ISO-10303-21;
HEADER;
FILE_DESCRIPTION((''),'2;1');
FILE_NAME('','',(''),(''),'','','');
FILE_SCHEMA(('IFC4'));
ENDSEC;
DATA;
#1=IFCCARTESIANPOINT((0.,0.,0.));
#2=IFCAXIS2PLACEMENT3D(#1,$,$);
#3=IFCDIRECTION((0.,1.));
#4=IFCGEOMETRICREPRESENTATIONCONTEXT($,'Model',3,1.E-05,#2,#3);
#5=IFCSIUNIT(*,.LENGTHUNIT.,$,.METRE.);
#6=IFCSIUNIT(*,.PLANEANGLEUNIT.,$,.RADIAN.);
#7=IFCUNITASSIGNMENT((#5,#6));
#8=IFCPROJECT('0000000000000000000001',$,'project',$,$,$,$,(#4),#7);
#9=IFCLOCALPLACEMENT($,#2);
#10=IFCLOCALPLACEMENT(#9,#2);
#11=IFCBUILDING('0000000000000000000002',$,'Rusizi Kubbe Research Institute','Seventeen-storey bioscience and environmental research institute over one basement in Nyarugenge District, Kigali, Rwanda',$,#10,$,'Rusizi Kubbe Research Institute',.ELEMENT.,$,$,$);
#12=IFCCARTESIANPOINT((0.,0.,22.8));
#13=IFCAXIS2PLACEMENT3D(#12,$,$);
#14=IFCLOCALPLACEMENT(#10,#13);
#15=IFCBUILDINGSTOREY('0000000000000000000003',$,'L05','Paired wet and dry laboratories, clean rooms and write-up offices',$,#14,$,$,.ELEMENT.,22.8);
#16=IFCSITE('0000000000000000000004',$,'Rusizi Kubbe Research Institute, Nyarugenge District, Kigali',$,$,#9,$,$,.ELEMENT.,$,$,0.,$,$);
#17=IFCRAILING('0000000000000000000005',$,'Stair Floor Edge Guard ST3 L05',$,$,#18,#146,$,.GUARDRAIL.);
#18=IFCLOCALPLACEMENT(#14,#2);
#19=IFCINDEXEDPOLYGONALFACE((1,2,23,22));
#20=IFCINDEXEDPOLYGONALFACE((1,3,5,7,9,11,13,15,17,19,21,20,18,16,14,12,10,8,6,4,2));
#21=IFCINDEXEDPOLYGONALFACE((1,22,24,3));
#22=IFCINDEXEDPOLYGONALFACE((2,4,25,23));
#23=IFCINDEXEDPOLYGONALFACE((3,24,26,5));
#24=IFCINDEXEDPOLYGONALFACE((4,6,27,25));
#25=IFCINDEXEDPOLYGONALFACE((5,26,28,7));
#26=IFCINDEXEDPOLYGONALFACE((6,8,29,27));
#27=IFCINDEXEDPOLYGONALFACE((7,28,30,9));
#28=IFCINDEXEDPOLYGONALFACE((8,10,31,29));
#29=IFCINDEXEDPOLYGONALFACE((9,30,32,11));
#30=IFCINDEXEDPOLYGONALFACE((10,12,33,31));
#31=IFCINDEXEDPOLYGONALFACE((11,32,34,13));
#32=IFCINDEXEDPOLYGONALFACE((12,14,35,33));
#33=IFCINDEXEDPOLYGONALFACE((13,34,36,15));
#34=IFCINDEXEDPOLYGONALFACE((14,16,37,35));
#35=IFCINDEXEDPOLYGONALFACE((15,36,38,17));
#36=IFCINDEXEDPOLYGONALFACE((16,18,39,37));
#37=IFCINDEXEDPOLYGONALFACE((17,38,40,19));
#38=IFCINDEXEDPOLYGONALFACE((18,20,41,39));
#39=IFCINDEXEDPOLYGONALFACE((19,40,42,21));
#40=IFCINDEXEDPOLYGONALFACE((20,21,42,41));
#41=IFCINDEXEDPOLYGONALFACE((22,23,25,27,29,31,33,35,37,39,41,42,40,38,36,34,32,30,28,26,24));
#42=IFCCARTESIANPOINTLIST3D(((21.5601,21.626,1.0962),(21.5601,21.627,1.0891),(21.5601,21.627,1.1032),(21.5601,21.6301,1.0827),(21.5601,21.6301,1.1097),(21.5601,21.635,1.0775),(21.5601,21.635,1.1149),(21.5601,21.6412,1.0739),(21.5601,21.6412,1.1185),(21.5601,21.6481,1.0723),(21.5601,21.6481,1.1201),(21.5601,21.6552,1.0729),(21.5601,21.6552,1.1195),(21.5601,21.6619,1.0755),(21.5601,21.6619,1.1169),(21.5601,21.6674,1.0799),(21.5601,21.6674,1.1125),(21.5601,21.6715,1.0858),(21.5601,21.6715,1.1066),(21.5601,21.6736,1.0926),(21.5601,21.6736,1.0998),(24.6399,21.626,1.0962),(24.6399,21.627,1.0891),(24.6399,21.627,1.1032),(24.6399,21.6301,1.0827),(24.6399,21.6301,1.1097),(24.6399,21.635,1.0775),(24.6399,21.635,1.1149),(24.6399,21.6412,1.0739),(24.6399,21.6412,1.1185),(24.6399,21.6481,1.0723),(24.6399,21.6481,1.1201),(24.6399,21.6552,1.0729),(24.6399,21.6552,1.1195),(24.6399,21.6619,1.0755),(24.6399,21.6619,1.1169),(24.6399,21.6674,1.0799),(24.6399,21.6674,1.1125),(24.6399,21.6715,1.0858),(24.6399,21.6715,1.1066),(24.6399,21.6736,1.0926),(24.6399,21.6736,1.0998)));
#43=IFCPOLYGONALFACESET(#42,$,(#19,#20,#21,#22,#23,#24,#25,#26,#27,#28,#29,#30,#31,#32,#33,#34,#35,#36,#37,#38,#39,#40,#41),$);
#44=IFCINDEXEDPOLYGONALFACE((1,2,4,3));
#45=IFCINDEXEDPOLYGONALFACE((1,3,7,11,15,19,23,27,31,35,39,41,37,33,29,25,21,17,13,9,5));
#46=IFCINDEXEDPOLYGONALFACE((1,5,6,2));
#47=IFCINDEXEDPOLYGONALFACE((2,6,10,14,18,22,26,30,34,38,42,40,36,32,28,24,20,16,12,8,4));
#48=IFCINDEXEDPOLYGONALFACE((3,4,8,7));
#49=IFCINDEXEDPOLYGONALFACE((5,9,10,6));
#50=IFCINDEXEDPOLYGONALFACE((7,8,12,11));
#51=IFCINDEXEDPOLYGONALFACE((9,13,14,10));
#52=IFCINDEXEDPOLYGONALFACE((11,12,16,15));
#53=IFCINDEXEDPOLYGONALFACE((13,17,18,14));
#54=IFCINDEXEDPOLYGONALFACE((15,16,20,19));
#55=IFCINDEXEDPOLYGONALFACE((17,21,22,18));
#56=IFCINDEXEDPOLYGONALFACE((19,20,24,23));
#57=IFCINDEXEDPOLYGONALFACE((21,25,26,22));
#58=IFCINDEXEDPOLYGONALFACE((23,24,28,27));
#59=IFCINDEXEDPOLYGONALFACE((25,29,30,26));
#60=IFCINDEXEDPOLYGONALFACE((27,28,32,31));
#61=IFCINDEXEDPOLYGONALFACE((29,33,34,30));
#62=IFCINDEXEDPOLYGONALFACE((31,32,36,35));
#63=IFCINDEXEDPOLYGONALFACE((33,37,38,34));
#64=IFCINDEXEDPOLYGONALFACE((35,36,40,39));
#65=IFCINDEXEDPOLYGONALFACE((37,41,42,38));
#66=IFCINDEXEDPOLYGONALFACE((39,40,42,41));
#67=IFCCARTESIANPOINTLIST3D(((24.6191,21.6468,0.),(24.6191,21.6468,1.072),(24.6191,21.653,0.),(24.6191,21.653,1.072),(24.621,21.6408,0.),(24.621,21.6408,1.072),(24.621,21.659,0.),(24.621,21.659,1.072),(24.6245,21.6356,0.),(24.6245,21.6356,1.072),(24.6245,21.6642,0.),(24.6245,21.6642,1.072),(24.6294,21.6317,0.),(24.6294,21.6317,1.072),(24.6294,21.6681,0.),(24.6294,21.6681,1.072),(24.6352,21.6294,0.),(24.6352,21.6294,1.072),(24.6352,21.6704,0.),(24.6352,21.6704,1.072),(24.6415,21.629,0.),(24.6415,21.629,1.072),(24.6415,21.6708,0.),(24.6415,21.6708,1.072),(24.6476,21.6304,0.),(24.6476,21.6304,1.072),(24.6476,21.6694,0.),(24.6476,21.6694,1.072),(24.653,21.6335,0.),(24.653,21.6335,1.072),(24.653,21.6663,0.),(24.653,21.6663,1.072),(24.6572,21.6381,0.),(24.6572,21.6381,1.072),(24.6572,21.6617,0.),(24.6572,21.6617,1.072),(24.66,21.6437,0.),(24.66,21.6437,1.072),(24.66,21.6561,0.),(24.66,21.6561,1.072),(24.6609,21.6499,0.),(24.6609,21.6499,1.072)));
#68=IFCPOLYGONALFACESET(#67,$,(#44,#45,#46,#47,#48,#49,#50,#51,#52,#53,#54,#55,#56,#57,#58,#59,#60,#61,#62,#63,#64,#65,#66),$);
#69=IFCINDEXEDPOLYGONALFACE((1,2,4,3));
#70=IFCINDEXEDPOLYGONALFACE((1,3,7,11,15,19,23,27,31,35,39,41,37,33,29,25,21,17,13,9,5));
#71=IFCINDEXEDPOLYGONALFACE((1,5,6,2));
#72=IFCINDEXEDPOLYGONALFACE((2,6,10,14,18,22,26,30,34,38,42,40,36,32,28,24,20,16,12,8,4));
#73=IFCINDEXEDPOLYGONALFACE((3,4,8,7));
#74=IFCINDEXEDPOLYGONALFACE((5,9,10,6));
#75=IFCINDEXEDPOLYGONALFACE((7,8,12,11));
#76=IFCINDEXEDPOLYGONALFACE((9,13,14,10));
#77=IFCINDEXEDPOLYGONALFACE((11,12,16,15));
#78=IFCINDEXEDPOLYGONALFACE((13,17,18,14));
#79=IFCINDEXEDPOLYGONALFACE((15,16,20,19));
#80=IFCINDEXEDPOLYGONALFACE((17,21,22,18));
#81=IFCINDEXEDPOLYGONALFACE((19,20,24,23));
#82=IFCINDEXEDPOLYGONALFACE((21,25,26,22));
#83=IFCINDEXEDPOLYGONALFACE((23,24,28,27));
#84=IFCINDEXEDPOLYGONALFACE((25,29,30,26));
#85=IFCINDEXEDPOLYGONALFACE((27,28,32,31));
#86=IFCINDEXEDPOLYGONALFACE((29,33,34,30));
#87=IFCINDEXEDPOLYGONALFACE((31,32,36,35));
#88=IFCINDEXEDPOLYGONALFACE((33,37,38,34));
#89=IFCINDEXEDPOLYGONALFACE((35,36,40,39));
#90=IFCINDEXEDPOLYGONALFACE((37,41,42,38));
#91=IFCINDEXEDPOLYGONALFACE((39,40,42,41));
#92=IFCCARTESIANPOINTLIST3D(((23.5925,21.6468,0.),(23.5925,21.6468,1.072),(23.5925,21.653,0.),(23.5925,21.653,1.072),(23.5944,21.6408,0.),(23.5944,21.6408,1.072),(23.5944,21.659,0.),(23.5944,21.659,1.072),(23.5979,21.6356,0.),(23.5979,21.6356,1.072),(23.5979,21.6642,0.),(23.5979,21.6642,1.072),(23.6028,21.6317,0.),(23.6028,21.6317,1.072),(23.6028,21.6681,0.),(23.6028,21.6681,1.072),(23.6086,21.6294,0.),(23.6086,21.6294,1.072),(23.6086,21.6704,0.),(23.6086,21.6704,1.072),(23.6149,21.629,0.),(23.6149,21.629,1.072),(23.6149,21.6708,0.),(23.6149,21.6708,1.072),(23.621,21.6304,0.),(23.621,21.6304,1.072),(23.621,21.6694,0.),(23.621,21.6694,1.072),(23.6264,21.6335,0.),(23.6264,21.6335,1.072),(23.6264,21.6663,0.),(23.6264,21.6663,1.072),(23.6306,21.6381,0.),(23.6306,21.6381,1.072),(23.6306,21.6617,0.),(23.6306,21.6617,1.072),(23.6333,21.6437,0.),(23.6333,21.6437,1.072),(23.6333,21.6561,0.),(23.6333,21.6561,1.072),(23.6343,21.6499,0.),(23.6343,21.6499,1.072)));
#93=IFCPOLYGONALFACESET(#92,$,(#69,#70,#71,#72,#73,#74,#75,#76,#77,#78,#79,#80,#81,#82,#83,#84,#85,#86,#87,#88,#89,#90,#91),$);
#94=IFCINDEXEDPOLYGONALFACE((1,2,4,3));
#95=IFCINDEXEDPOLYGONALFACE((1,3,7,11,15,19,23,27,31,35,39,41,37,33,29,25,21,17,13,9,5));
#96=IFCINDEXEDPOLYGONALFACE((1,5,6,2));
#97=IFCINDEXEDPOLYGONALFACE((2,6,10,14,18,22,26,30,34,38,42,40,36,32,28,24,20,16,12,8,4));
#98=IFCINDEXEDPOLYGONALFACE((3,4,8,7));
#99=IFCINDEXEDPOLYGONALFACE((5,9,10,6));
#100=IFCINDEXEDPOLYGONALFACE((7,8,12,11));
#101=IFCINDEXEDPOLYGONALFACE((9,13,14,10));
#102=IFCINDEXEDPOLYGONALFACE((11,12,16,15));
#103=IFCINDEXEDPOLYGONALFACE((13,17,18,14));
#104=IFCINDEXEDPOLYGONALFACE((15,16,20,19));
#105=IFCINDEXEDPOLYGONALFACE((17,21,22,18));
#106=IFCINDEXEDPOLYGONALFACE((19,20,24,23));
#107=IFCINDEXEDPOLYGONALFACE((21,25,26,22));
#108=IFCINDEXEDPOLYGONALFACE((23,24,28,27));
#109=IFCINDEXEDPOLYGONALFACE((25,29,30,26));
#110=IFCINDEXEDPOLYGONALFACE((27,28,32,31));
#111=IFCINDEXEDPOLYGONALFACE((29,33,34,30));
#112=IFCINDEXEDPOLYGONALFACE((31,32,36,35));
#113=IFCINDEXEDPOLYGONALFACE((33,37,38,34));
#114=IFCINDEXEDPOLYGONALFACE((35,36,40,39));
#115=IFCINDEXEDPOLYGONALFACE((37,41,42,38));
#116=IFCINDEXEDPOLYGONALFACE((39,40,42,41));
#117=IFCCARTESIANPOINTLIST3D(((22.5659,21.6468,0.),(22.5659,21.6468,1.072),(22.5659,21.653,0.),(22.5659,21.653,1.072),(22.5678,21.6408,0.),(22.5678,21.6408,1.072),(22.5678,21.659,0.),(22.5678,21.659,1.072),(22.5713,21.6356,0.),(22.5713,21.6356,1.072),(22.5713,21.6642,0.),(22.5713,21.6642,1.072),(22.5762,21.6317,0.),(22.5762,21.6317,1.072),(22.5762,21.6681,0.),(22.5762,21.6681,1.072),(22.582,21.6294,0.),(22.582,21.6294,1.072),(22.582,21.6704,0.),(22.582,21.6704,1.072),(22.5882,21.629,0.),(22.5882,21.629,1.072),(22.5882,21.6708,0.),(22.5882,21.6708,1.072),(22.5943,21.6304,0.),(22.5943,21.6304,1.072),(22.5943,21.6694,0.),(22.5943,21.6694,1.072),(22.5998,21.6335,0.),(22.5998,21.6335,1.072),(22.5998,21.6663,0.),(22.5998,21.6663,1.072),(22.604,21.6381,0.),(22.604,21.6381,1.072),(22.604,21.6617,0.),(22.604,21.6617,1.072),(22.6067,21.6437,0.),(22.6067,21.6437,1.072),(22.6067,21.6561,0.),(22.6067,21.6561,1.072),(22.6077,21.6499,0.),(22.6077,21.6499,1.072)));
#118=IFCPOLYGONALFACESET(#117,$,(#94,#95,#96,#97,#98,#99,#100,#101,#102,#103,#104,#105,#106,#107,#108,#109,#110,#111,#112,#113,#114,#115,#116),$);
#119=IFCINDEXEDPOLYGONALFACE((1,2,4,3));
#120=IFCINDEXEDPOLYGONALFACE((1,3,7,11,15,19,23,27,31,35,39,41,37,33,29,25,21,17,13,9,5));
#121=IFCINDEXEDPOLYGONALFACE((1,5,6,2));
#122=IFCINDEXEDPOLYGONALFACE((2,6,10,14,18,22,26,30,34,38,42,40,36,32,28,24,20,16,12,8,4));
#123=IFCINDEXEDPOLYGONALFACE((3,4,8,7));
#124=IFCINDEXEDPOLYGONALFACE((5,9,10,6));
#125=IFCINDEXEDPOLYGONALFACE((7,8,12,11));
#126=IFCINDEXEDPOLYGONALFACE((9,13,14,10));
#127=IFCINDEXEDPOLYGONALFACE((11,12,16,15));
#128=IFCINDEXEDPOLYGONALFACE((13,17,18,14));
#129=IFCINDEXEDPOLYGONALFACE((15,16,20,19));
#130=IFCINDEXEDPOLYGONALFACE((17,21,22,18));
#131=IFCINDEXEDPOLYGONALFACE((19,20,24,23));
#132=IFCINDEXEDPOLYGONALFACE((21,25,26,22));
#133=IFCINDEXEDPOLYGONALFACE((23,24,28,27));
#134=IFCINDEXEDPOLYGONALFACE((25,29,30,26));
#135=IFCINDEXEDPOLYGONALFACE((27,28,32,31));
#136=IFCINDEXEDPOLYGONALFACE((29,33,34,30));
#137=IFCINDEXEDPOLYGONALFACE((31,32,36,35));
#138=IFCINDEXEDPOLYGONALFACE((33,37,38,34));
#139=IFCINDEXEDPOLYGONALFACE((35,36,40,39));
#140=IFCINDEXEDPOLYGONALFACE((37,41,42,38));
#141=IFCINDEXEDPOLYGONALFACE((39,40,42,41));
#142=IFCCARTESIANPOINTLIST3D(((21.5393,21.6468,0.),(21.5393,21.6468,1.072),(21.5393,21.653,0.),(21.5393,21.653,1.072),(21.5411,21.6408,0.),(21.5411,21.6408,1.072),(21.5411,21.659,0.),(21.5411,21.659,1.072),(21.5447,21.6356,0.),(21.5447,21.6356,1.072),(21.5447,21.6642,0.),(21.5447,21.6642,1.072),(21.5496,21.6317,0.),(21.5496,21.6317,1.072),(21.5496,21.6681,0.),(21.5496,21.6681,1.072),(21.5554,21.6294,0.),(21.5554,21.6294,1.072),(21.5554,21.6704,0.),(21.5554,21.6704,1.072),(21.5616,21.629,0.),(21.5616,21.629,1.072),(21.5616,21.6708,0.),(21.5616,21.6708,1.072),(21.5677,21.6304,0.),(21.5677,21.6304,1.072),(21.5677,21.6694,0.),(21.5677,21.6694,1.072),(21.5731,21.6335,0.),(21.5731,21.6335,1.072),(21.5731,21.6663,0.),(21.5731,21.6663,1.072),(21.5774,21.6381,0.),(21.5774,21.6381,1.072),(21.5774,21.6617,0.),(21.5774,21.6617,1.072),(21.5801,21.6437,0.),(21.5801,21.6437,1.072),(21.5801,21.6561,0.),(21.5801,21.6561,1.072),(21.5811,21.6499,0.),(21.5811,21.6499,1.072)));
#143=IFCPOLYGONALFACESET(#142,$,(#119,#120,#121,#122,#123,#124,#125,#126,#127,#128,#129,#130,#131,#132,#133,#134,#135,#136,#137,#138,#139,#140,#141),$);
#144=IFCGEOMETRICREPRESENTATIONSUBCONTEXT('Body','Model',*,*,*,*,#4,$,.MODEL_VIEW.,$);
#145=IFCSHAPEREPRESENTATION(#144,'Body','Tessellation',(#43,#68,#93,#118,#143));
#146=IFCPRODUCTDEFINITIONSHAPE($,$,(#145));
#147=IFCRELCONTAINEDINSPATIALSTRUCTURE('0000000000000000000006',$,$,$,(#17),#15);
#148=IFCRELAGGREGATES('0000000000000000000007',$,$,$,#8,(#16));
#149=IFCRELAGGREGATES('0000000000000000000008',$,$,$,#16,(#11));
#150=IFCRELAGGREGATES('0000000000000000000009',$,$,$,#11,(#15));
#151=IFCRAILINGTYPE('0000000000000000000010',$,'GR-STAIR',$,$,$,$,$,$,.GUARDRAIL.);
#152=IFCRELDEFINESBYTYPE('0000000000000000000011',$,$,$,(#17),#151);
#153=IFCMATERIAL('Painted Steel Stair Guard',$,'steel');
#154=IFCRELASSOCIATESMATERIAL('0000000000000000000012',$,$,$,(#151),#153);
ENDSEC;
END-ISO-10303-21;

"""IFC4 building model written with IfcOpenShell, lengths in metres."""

from ifc_helpers import new_model, si_unit, direction, frame, origin, origin_2d, place, context, subcontext, project, spatial, circle, extrude, material, type_object, element, save


model = new_model("IFC4")

# Units and contexts
model_context = context("Model", 3, precision=1e-05, world=origin(), true_north=direction((0.0, 1.0)))
body_context = subcontext(model_context, "Body", "Model", "MODEL_VIEW")
ifc_project = project(units=[si_unit("LENGTHUNIT", "METRE"), si_unit("PLANEANGLEUNIT", "RADIAN")], contexts=[model_context])

# Site, building, storey
site_placement = place(None, origin())
site = spatial("IfcSite", under=ifc_project, at=site_placement, Name="Rusizi Kubbe Research Institute, Nyarugenge District, Kigali", CompositionType="ELEMENT", RefElevation=0.0)
building_placement = place(site_placement, origin())
building = spatial("IfcBuilding", under=site, at=building_placement, Name="Rusizi Kubbe Research Institute", Description="Seventeen-storey bioscience and environmental research institute over one basement in Nyarugenge District, Kigali, Rwanda", LongName="Rusizi Kubbe Research Institute", CompositionType="ELEMENT")
storey_placement = place(building_placement, frame((0.0, 0.0, 22.8)))
storey = spatial("IfcBuildingStorey", under=building, at=storey_placement, Name="L05", Description="Paired wet and dry laboratories, clean rooms and write-up offices", CompositionType="ELEMENT", Elevation=22.8)

# Railing
ifc_material_1 = material(Name="Painted Steel Stair Guard", Category="steel")
railing_type_1 = type_object("IfcRailingType", Name="GR-STAIR", PredefinedType="GUARDRAIL", material=ifc_material_1)
railing_1_placement = place(storey_placement, frame((24.6399, 21.6499, 0.0)))
element("IfcRailing", 1, at=railing_1_placement, inside=storey, type_object=railing_type_1, Name="Stair Floor Edge Guard ST3 L05", PredefinedType="GUARDRAIL", context=body_context, shape_type="SweptSolid", body=[
    extrude(circle(Radius=0.0239, at=origin_2d()), frame((0.0, 0.0, 1.0962), z_axis=(-1.0, 0.0, 0.0), x_axis=(0.0, -1.0, 0.0)), (0.0, 0.0, 1.0), 3.0798),
    extrude(circle(Radius=0.021, at=origin_2d()), origin(), (0.0, 0.0, 1.0), 1.072),
    extrude(circle(Radius=0.021, at=origin_2d()), frame((-1.0266, 0.0, 0.0)), (0.0, 0.0, 1.0), 1.072),
    extrude(circle(Radius=0.021, at=origin_2d()), frame((-2.0532, 0.0, 0.0)), (0.0, 0.0, 1.0), 1.072),
    extrude(circle(Radius=0.021, at=origin_2d()), frame((-3.0798, 0.0, 0.0)), (0.0, 0.0, 1.0), 1.072),
])

save(model, "model.ifc")
